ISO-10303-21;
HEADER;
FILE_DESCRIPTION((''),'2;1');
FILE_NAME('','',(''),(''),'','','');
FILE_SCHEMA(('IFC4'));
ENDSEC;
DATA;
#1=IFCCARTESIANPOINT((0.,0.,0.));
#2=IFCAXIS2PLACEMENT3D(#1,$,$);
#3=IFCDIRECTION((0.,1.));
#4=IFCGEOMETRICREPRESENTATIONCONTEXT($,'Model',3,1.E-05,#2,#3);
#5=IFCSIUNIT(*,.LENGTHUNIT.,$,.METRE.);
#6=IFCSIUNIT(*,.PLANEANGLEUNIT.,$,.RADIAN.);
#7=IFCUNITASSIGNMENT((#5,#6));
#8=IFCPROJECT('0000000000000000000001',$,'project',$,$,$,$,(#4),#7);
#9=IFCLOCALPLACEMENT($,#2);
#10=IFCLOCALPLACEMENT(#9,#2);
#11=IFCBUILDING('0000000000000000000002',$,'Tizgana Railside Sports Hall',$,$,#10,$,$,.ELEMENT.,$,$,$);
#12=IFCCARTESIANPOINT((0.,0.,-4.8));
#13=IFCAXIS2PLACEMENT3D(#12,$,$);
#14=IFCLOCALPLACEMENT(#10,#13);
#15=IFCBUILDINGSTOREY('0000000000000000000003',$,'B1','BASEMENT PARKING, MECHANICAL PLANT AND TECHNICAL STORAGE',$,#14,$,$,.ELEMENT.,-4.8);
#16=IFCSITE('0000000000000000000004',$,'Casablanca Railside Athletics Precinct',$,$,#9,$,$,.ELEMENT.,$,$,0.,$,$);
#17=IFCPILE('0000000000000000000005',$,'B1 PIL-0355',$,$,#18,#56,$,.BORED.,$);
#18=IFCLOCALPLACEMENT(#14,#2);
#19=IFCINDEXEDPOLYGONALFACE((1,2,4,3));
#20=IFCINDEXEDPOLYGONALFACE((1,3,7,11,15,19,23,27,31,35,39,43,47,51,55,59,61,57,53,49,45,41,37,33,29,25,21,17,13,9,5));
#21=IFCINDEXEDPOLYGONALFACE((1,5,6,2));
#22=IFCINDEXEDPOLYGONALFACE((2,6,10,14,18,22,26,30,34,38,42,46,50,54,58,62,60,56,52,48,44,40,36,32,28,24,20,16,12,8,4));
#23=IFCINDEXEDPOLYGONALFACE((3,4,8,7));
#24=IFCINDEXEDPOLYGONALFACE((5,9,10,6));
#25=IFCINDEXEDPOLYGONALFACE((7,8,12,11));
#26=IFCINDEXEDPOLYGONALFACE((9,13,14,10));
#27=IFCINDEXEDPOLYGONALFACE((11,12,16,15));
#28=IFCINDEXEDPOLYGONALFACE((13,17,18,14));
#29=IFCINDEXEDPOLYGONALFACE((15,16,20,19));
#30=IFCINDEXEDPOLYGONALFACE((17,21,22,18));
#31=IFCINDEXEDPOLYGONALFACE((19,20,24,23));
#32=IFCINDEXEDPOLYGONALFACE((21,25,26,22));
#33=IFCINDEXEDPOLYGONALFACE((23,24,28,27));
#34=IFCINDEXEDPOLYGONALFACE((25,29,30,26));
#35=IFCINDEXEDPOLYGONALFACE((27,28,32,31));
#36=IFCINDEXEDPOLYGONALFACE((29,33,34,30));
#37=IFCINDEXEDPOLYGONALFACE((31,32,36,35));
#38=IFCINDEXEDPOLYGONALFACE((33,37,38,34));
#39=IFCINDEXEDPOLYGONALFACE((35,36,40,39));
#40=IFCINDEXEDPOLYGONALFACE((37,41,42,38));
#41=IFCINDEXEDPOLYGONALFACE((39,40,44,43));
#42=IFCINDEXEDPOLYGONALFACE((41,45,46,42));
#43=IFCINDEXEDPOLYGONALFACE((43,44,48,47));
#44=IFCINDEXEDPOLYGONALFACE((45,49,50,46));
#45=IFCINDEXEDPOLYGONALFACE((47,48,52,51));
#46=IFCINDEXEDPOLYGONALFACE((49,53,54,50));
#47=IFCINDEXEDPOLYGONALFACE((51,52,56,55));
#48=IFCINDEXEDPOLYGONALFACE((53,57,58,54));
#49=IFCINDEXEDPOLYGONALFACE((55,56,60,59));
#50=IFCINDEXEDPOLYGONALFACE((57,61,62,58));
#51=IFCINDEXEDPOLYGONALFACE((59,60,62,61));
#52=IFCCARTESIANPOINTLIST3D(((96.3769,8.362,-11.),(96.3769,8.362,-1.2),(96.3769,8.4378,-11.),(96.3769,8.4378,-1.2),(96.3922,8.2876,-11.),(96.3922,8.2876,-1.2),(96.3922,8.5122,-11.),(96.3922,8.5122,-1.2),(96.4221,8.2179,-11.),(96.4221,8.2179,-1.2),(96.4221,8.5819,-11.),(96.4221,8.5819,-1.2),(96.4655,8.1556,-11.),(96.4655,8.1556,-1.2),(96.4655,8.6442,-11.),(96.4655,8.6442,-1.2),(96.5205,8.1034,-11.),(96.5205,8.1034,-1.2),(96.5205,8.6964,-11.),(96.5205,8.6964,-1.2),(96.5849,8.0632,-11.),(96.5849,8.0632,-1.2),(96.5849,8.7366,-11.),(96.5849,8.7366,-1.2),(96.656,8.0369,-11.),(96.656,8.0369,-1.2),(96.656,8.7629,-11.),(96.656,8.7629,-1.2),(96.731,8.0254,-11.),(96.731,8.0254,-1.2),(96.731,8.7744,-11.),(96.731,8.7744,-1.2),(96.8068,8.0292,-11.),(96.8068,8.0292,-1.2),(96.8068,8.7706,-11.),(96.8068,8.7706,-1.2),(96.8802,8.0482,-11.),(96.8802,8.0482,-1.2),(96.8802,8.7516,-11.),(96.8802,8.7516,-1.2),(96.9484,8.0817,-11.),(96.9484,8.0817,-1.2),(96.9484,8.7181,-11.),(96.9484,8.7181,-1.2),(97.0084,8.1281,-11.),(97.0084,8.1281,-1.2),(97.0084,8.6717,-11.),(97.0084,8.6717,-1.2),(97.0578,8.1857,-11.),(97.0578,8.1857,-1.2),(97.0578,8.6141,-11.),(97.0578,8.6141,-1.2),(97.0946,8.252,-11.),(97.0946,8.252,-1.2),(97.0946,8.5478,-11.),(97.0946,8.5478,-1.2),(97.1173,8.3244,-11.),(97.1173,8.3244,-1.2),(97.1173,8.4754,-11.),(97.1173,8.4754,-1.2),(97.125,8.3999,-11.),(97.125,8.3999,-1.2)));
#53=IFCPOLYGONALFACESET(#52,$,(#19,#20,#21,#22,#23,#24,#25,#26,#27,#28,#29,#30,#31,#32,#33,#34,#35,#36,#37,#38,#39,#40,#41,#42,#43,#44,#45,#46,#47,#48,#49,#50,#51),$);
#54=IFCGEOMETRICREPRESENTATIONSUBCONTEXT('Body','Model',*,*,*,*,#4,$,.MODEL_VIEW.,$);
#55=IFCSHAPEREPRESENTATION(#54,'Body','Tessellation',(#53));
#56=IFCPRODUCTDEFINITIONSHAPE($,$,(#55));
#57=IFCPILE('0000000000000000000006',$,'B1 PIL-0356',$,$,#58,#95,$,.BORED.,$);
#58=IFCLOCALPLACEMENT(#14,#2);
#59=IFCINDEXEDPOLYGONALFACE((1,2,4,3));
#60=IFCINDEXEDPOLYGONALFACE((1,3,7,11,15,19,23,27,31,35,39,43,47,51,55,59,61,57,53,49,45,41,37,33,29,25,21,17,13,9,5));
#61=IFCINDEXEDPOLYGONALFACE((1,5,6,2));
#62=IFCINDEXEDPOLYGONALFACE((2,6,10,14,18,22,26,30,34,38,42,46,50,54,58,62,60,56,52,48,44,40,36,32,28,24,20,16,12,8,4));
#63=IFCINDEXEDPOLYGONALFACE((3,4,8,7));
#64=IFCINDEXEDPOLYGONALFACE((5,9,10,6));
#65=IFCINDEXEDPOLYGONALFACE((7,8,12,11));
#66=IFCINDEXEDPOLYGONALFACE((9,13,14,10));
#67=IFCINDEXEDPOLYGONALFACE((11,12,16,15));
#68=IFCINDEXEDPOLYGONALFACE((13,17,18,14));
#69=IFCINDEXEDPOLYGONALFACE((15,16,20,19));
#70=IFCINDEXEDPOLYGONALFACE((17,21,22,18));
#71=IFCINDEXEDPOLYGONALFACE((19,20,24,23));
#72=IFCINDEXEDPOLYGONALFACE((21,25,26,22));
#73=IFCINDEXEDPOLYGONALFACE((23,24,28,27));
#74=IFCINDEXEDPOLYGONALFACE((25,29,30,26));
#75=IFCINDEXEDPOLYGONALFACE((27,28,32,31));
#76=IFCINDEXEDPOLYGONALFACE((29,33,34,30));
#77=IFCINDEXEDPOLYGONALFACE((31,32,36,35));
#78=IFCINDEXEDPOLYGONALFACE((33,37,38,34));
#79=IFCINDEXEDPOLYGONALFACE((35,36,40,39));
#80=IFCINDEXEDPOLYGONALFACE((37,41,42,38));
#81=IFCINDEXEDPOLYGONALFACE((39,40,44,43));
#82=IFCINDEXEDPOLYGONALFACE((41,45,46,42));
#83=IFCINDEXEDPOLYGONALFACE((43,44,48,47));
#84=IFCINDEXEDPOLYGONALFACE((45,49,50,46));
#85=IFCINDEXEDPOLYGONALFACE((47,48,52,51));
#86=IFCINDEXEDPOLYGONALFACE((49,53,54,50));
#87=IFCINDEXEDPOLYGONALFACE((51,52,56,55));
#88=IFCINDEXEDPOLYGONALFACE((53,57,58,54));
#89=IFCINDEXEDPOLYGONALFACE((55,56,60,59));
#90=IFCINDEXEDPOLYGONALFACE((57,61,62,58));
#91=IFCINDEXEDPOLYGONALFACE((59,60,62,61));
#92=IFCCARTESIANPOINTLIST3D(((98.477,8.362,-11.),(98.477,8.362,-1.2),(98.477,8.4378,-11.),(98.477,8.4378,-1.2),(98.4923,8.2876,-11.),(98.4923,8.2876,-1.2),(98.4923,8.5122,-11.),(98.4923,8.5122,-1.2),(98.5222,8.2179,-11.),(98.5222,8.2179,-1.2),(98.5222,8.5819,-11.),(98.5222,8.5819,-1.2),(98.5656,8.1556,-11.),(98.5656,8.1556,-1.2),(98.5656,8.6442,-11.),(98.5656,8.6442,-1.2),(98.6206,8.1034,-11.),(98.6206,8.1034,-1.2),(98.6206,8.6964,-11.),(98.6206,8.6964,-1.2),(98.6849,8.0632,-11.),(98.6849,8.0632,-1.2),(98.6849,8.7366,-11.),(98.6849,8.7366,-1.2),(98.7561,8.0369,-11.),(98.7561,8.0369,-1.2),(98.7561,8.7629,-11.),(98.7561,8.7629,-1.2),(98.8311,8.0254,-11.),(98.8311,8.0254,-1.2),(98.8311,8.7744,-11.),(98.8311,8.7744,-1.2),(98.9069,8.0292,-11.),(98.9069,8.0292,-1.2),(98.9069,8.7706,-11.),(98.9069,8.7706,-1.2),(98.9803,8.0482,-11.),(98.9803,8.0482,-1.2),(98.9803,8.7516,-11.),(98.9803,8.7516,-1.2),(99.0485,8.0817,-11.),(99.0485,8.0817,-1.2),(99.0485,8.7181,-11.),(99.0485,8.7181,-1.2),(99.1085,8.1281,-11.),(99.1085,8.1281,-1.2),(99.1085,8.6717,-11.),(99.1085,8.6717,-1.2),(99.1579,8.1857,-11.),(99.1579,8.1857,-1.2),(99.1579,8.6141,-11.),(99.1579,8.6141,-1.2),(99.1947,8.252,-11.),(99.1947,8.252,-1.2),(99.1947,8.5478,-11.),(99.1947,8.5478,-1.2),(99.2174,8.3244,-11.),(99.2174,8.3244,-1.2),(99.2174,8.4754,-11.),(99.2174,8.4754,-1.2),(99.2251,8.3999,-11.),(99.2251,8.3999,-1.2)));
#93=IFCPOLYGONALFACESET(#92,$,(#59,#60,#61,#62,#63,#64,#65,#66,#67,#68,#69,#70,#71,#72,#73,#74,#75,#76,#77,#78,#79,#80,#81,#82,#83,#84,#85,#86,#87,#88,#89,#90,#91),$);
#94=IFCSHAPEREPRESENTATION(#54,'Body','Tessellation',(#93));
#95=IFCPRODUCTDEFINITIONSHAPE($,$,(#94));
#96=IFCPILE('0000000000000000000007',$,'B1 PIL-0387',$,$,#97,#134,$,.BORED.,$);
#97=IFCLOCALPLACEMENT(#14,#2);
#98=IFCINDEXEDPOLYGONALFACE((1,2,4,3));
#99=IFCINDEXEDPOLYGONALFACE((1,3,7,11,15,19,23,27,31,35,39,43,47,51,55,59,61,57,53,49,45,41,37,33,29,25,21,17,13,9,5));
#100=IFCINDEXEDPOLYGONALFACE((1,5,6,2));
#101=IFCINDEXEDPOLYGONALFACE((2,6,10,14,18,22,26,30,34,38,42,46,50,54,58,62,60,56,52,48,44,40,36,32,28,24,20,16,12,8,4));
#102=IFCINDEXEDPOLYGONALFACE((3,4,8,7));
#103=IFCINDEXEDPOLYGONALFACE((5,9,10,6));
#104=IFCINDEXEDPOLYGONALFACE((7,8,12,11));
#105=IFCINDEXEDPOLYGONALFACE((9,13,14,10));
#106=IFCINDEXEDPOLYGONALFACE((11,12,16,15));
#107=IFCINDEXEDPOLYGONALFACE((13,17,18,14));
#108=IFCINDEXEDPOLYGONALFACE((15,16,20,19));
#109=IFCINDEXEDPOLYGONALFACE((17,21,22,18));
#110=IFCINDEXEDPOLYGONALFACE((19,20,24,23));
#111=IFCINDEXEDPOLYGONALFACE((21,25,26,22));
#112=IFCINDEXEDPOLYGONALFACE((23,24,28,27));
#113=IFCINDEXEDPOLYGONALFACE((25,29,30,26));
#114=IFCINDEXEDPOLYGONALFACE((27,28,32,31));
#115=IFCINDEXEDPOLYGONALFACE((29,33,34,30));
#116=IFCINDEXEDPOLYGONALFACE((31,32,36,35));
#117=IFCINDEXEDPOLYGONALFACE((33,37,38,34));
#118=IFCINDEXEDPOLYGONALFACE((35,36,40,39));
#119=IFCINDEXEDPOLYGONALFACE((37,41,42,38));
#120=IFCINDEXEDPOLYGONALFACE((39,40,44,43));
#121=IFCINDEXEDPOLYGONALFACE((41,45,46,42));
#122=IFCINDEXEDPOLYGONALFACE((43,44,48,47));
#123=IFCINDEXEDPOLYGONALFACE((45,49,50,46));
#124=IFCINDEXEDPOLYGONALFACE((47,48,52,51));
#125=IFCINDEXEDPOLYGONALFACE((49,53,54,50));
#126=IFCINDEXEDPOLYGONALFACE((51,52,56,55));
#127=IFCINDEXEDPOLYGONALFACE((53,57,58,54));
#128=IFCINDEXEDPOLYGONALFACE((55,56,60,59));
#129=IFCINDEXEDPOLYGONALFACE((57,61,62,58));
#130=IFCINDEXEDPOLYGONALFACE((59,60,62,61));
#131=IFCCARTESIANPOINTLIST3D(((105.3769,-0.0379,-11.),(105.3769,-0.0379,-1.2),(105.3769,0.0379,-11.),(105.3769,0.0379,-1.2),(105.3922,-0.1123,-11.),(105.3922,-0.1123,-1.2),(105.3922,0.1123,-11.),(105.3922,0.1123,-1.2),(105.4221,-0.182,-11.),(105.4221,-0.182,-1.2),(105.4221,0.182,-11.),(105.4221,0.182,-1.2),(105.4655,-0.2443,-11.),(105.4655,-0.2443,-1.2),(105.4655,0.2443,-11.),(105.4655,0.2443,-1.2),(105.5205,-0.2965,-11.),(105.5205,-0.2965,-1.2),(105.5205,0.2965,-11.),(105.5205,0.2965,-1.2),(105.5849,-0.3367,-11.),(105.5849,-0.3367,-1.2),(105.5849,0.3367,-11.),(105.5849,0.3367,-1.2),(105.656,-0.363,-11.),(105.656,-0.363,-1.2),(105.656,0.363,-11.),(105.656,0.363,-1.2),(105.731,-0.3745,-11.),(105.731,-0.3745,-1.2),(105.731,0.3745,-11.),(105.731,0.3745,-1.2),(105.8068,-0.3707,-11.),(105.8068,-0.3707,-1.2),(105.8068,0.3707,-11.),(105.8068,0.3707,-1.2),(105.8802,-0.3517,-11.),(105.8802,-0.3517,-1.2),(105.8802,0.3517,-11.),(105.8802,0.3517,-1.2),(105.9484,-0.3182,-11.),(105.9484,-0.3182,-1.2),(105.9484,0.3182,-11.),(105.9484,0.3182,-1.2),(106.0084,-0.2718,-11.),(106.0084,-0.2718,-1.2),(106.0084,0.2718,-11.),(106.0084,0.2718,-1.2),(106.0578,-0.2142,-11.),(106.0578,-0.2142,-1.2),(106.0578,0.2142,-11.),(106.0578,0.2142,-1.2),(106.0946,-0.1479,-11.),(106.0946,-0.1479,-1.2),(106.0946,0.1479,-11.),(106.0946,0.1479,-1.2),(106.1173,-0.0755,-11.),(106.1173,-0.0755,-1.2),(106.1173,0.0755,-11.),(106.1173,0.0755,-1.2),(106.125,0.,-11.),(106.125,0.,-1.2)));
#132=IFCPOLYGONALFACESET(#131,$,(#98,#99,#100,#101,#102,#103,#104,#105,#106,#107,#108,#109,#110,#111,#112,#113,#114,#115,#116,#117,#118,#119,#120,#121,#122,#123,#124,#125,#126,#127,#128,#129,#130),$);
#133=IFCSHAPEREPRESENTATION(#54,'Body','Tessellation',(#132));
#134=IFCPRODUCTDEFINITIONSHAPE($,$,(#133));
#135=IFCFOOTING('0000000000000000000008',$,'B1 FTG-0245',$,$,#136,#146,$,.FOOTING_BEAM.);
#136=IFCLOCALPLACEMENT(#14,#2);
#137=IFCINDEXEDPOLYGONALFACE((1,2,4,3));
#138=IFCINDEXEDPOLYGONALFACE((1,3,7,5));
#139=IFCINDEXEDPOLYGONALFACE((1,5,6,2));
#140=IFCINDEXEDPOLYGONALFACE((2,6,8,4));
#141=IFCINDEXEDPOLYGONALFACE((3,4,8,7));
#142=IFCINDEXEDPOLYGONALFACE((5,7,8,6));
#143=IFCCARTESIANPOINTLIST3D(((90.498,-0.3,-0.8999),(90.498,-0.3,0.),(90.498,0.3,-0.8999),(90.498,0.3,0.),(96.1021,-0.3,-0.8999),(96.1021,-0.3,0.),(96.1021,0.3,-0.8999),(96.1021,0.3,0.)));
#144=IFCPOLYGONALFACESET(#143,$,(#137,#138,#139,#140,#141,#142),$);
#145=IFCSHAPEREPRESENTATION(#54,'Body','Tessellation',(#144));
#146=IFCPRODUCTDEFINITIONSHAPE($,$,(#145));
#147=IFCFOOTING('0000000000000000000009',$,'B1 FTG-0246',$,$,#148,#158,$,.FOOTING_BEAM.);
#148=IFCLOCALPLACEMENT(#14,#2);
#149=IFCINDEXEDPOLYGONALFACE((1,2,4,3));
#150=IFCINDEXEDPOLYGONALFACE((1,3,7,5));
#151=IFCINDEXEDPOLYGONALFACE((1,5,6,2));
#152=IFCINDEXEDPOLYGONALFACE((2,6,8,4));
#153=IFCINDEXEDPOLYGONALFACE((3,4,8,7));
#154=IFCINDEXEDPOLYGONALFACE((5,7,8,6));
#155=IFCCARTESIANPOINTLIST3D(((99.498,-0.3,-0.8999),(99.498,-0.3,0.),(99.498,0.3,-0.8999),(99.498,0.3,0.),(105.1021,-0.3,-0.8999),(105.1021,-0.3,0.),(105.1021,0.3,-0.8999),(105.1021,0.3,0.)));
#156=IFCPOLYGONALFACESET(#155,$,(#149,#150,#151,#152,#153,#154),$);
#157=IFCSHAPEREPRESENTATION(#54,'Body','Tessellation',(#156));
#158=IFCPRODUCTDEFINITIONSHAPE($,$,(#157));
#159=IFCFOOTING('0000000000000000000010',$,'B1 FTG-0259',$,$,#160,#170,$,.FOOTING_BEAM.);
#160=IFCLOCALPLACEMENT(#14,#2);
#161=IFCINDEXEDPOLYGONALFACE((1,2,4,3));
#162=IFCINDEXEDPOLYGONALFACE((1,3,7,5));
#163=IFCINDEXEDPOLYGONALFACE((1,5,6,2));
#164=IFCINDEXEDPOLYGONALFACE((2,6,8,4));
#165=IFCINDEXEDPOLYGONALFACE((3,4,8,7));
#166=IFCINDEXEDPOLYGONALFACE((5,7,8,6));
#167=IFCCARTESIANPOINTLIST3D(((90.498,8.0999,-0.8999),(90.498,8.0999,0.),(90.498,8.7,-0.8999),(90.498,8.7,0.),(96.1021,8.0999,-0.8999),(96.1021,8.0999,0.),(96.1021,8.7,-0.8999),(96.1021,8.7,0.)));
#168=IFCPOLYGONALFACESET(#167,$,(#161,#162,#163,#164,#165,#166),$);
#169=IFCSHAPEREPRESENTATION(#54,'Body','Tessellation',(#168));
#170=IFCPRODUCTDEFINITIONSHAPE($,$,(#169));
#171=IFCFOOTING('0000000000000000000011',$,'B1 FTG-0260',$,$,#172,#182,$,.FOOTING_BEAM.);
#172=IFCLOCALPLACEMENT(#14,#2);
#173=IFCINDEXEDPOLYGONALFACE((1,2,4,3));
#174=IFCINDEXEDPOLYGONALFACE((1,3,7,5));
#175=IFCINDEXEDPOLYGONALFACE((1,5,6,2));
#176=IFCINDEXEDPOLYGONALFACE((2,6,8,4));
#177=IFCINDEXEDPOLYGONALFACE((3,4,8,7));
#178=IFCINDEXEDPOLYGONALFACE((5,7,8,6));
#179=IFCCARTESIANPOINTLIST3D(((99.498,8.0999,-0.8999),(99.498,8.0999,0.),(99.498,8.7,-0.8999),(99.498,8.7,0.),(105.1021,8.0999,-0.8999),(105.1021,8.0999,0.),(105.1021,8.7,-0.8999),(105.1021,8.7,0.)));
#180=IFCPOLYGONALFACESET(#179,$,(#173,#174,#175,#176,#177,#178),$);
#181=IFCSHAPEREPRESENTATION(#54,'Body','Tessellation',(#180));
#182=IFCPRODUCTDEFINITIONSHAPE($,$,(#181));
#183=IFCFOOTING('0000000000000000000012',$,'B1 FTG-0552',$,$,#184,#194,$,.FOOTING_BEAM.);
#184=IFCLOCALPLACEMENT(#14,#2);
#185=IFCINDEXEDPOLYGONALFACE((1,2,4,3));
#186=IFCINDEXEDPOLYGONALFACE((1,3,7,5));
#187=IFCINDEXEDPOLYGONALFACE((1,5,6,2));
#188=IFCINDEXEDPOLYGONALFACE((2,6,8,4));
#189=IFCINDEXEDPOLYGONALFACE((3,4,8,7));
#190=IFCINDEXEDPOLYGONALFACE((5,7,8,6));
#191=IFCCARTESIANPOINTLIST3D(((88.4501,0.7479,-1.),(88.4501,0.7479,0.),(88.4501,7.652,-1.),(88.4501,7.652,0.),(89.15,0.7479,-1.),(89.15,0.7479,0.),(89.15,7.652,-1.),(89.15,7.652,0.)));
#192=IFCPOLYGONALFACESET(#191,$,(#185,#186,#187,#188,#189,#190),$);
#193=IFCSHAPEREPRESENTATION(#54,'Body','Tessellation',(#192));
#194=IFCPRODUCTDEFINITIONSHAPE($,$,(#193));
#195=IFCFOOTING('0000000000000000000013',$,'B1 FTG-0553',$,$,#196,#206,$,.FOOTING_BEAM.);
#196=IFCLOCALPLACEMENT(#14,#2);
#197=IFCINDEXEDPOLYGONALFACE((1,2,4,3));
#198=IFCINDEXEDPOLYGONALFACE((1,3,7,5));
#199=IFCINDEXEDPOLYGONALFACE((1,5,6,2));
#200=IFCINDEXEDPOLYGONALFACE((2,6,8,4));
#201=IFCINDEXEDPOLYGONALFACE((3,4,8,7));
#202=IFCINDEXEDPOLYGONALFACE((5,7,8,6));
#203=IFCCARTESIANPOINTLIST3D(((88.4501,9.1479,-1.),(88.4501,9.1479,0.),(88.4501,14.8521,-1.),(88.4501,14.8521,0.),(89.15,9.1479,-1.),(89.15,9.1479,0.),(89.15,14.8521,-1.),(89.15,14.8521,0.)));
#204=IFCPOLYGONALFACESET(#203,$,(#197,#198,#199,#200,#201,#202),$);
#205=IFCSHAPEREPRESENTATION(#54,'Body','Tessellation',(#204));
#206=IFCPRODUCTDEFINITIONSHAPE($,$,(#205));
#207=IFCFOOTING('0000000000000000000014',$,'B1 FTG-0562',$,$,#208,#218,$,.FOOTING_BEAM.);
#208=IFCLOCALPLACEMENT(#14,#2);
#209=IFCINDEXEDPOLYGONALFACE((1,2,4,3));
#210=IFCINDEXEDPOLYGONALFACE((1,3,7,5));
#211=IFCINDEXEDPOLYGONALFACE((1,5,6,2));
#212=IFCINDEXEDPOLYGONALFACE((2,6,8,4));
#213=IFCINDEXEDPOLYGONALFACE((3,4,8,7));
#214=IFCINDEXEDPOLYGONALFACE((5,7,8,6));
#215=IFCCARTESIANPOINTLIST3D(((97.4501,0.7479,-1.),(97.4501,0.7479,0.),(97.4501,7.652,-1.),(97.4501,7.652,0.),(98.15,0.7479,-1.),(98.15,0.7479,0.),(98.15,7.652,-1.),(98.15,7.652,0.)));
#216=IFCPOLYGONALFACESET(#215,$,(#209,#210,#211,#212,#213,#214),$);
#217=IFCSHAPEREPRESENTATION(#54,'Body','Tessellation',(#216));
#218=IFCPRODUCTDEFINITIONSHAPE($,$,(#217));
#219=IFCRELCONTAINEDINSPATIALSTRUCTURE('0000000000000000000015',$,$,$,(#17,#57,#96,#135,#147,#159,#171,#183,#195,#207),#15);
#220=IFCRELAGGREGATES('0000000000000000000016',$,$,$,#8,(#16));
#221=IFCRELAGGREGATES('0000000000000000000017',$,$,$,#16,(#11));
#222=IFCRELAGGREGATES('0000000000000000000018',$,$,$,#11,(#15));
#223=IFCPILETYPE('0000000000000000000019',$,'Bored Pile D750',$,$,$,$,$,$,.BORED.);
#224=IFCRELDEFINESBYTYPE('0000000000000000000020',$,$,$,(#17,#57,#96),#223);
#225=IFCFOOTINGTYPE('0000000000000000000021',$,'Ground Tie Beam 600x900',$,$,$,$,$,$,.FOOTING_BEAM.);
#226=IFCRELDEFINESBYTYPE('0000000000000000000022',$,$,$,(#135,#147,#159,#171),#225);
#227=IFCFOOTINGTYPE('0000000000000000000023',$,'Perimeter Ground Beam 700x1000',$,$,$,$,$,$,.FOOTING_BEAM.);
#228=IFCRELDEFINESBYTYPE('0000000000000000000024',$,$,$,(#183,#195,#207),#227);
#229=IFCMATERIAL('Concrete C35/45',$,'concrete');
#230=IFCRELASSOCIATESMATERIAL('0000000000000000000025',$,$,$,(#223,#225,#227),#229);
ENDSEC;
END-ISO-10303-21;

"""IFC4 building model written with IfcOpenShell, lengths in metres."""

from ifc_helpers import new_model, si_unit, direction, frame, origin, origin_2d, place, context, subcontext, project, spatial, rectangle, circle, extrude, material, material_profile, profile_set, type_object, element, save


model = new_model("IFC4")

# Units and contexts
model_context = context("Model", 3, precision=1e-05, world=origin(), true_north=direction((0.0, 1.0)))
body_context = subcontext(model_context, "Body", "Model", "MODEL_VIEW")
ifc_project = project(units=[si_unit("LENGTHUNIT", "METRE"), si_unit("PLANEANGLEUNIT", "RADIAN")], contexts=[model_context])

# Site, building, storey
site_placement = place(None, origin())
site = spatial("IfcSite", under=ifc_project, at=site_placement, Name="Casablanca Railside Athletics Precinct", CompositionType="ELEMENT", RefElevation=0.0)
building_placement = place(site_placement, origin())
building = spatial("IfcBuilding", under=site, at=building_placement, Name="Tizgana Railside Sports Hall", CompositionType="ELEMENT")
storey_placement = place(building_placement, frame((0.0, 0.0, -4.8)))
storey = spatial("IfcBuildingStorey", under=building, at=storey_placement, Name="B1", Description="BASEMENT PARKING, MECHANICAL PLANT AND TECHNICAL STORAGE", CompositionType="ELEMENT", Elevation=-4.8)

# Piles
ifc_material_1 = material(Name="Concrete C35/45", Category="concrete")
ifc_material_profile_1 = material_profile(ifc_material_1, circle(Radius=0.375, at=origin_2d()), Name="PILE D750")
ifc_profile_set_1 = profile_set([ifc_material_profile_1], Name="Concrete C35/45")
pile_type = type_object("IfcPileType", Name="Bored Pile D750", PredefinedType="BORED", material=ifc_profile_set_1)
for number, where, z_axis, x_axis, name in (
    (1, (96.75, 8.3999, -1.2), (0.0, 0.0, -1.0), (1.0, 0.0, 0.0), "B1 PIL-0355"),
    (2, (98.8501, 8.3999, -1.2), (0.0, 0.0, -1.0), (1.0, 0.0, 0.0), "B1 PIL-0356"),
    (3, (105.75, 0.0, -1.2), (0.0, 0.0, -1.0), (1.0, 0.0, 0.0), "B1 PIL-0387"),
):
    element("IfcPile", number, at=place(storey_placement, frame(where, z_axis=z_axis, x_axis=x_axis)), inside=storey, type_object=pile_type, Name=name, PredefinedType="BORED", context=body_context, shape_type="SweptSolid", body=[
        extrude(circle(Radius=0.375, at=origin_2d()), origin(), (0.0, 0.0, 1.0), 9.8),
    ])

# Footings
footing_type_1 = type_object("IfcFootingType", Name="Ground Tie Beam 600x900", PredefinedType="FOOTING_BEAM", material=ifc_material_1)
for number, where, z_axis, x_axis, name in (
    (4, (93.3, 0.0, -0.8999), (0.0, 0.0, 1.0), (1.0, 0.0, 0.0), "B1 FTG-0245"),
    (5, (102.3, 0.0, -0.8999), (0.0, 0.0, 1.0), (1.0, 0.0, 0.0), "B1 FTG-0246"),
    (6, (93.3, 8.3999, -0.8999), (0.0, 0.0, 1.0), (1.0, 0.0, 0.0), "B1 FTG-0259"),
    (7, (102.3, 8.3999, -0.8999), (0.0, 0.0, 1.0), (1.0, 0.0, 0.0), "B1 FTG-0260"),
):
    element("IfcFooting", number, at=place(storey_placement, frame(where, z_axis=z_axis, x_axis=x_axis)), inside=storey, type_object=footing_type_1, Name=name, PredefinedType="FOOTING_BEAM", context=body_context, shape_type="SweptSolid", body=[
        extrude(rectangle(XDim=5.604, YDim=0.6001, at=origin_2d()), origin(), (0.0, 0.0, 1.0), 0.8999),
    ])
footing_type_2 = type_object("IfcFootingType", Name="Perimeter Ground Beam 700x1000", PredefinedType="FOOTING_BEAM", material=ifc_material_1)
footing_1_placement = place(storey_placement, frame((88.8, 4.2, -1.0), z_axis=(0.0, 0.0, 1.0), x_axis=(0.0, 1.0, 0.0)))
element("IfcFooting", 8, at=footing_1_placement, inside=storey, type_object=footing_type_2, Name="B1 FTG-0552", PredefinedType="FOOTING_BEAM", context=body_context, shape_type="SweptSolid", body=[
    extrude(rectangle(XDim=6.9041, YDim=0.7, at=origin_2d()), origin(), (0.0, 0.0, 1.0), 1.0),
])
footing_2_placement = place(storey_placement, frame((88.8, 12.0, -1.0), z_axis=(0.0, 0.0, 1.0), x_axis=(0.0, 1.0, 0.0)))
element("IfcFooting", 9, at=footing_2_placement, inside=storey, type_object=footing_type_2, Name="B1 FTG-0553", PredefinedType="FOOTING_BEAM", context=body_context, shape_type="SweptSolid", body=[
    extrude(rectangle(XDim=5.7041, YDim=0.7, at=origin_2d()), origin(), (0.0, 0.0, 1.0), 1.0),
])
footing_3_placement = place(storey_placement, frame((97.8, 4.2, -1.0), z_axis=(0.0, 0.0, 1.0), x_axis=(0.0, 1.0, 0.0)))
element("IfcFooting", 10, at=footing_3_placement, inside=storey, type_object=footing_type_2, Name="B1 FTG-0562", PredefinedType="FOOTING_BEAM", context=body_context, shape_type="SweptSolid", body=[
    extrude(rectangle(XDim=6.9041, YDim=0.7, at=origin_2d()), origin(), (0.0, 0.0, 1.0), 1.0),
])

save(model, "model.ifc")
